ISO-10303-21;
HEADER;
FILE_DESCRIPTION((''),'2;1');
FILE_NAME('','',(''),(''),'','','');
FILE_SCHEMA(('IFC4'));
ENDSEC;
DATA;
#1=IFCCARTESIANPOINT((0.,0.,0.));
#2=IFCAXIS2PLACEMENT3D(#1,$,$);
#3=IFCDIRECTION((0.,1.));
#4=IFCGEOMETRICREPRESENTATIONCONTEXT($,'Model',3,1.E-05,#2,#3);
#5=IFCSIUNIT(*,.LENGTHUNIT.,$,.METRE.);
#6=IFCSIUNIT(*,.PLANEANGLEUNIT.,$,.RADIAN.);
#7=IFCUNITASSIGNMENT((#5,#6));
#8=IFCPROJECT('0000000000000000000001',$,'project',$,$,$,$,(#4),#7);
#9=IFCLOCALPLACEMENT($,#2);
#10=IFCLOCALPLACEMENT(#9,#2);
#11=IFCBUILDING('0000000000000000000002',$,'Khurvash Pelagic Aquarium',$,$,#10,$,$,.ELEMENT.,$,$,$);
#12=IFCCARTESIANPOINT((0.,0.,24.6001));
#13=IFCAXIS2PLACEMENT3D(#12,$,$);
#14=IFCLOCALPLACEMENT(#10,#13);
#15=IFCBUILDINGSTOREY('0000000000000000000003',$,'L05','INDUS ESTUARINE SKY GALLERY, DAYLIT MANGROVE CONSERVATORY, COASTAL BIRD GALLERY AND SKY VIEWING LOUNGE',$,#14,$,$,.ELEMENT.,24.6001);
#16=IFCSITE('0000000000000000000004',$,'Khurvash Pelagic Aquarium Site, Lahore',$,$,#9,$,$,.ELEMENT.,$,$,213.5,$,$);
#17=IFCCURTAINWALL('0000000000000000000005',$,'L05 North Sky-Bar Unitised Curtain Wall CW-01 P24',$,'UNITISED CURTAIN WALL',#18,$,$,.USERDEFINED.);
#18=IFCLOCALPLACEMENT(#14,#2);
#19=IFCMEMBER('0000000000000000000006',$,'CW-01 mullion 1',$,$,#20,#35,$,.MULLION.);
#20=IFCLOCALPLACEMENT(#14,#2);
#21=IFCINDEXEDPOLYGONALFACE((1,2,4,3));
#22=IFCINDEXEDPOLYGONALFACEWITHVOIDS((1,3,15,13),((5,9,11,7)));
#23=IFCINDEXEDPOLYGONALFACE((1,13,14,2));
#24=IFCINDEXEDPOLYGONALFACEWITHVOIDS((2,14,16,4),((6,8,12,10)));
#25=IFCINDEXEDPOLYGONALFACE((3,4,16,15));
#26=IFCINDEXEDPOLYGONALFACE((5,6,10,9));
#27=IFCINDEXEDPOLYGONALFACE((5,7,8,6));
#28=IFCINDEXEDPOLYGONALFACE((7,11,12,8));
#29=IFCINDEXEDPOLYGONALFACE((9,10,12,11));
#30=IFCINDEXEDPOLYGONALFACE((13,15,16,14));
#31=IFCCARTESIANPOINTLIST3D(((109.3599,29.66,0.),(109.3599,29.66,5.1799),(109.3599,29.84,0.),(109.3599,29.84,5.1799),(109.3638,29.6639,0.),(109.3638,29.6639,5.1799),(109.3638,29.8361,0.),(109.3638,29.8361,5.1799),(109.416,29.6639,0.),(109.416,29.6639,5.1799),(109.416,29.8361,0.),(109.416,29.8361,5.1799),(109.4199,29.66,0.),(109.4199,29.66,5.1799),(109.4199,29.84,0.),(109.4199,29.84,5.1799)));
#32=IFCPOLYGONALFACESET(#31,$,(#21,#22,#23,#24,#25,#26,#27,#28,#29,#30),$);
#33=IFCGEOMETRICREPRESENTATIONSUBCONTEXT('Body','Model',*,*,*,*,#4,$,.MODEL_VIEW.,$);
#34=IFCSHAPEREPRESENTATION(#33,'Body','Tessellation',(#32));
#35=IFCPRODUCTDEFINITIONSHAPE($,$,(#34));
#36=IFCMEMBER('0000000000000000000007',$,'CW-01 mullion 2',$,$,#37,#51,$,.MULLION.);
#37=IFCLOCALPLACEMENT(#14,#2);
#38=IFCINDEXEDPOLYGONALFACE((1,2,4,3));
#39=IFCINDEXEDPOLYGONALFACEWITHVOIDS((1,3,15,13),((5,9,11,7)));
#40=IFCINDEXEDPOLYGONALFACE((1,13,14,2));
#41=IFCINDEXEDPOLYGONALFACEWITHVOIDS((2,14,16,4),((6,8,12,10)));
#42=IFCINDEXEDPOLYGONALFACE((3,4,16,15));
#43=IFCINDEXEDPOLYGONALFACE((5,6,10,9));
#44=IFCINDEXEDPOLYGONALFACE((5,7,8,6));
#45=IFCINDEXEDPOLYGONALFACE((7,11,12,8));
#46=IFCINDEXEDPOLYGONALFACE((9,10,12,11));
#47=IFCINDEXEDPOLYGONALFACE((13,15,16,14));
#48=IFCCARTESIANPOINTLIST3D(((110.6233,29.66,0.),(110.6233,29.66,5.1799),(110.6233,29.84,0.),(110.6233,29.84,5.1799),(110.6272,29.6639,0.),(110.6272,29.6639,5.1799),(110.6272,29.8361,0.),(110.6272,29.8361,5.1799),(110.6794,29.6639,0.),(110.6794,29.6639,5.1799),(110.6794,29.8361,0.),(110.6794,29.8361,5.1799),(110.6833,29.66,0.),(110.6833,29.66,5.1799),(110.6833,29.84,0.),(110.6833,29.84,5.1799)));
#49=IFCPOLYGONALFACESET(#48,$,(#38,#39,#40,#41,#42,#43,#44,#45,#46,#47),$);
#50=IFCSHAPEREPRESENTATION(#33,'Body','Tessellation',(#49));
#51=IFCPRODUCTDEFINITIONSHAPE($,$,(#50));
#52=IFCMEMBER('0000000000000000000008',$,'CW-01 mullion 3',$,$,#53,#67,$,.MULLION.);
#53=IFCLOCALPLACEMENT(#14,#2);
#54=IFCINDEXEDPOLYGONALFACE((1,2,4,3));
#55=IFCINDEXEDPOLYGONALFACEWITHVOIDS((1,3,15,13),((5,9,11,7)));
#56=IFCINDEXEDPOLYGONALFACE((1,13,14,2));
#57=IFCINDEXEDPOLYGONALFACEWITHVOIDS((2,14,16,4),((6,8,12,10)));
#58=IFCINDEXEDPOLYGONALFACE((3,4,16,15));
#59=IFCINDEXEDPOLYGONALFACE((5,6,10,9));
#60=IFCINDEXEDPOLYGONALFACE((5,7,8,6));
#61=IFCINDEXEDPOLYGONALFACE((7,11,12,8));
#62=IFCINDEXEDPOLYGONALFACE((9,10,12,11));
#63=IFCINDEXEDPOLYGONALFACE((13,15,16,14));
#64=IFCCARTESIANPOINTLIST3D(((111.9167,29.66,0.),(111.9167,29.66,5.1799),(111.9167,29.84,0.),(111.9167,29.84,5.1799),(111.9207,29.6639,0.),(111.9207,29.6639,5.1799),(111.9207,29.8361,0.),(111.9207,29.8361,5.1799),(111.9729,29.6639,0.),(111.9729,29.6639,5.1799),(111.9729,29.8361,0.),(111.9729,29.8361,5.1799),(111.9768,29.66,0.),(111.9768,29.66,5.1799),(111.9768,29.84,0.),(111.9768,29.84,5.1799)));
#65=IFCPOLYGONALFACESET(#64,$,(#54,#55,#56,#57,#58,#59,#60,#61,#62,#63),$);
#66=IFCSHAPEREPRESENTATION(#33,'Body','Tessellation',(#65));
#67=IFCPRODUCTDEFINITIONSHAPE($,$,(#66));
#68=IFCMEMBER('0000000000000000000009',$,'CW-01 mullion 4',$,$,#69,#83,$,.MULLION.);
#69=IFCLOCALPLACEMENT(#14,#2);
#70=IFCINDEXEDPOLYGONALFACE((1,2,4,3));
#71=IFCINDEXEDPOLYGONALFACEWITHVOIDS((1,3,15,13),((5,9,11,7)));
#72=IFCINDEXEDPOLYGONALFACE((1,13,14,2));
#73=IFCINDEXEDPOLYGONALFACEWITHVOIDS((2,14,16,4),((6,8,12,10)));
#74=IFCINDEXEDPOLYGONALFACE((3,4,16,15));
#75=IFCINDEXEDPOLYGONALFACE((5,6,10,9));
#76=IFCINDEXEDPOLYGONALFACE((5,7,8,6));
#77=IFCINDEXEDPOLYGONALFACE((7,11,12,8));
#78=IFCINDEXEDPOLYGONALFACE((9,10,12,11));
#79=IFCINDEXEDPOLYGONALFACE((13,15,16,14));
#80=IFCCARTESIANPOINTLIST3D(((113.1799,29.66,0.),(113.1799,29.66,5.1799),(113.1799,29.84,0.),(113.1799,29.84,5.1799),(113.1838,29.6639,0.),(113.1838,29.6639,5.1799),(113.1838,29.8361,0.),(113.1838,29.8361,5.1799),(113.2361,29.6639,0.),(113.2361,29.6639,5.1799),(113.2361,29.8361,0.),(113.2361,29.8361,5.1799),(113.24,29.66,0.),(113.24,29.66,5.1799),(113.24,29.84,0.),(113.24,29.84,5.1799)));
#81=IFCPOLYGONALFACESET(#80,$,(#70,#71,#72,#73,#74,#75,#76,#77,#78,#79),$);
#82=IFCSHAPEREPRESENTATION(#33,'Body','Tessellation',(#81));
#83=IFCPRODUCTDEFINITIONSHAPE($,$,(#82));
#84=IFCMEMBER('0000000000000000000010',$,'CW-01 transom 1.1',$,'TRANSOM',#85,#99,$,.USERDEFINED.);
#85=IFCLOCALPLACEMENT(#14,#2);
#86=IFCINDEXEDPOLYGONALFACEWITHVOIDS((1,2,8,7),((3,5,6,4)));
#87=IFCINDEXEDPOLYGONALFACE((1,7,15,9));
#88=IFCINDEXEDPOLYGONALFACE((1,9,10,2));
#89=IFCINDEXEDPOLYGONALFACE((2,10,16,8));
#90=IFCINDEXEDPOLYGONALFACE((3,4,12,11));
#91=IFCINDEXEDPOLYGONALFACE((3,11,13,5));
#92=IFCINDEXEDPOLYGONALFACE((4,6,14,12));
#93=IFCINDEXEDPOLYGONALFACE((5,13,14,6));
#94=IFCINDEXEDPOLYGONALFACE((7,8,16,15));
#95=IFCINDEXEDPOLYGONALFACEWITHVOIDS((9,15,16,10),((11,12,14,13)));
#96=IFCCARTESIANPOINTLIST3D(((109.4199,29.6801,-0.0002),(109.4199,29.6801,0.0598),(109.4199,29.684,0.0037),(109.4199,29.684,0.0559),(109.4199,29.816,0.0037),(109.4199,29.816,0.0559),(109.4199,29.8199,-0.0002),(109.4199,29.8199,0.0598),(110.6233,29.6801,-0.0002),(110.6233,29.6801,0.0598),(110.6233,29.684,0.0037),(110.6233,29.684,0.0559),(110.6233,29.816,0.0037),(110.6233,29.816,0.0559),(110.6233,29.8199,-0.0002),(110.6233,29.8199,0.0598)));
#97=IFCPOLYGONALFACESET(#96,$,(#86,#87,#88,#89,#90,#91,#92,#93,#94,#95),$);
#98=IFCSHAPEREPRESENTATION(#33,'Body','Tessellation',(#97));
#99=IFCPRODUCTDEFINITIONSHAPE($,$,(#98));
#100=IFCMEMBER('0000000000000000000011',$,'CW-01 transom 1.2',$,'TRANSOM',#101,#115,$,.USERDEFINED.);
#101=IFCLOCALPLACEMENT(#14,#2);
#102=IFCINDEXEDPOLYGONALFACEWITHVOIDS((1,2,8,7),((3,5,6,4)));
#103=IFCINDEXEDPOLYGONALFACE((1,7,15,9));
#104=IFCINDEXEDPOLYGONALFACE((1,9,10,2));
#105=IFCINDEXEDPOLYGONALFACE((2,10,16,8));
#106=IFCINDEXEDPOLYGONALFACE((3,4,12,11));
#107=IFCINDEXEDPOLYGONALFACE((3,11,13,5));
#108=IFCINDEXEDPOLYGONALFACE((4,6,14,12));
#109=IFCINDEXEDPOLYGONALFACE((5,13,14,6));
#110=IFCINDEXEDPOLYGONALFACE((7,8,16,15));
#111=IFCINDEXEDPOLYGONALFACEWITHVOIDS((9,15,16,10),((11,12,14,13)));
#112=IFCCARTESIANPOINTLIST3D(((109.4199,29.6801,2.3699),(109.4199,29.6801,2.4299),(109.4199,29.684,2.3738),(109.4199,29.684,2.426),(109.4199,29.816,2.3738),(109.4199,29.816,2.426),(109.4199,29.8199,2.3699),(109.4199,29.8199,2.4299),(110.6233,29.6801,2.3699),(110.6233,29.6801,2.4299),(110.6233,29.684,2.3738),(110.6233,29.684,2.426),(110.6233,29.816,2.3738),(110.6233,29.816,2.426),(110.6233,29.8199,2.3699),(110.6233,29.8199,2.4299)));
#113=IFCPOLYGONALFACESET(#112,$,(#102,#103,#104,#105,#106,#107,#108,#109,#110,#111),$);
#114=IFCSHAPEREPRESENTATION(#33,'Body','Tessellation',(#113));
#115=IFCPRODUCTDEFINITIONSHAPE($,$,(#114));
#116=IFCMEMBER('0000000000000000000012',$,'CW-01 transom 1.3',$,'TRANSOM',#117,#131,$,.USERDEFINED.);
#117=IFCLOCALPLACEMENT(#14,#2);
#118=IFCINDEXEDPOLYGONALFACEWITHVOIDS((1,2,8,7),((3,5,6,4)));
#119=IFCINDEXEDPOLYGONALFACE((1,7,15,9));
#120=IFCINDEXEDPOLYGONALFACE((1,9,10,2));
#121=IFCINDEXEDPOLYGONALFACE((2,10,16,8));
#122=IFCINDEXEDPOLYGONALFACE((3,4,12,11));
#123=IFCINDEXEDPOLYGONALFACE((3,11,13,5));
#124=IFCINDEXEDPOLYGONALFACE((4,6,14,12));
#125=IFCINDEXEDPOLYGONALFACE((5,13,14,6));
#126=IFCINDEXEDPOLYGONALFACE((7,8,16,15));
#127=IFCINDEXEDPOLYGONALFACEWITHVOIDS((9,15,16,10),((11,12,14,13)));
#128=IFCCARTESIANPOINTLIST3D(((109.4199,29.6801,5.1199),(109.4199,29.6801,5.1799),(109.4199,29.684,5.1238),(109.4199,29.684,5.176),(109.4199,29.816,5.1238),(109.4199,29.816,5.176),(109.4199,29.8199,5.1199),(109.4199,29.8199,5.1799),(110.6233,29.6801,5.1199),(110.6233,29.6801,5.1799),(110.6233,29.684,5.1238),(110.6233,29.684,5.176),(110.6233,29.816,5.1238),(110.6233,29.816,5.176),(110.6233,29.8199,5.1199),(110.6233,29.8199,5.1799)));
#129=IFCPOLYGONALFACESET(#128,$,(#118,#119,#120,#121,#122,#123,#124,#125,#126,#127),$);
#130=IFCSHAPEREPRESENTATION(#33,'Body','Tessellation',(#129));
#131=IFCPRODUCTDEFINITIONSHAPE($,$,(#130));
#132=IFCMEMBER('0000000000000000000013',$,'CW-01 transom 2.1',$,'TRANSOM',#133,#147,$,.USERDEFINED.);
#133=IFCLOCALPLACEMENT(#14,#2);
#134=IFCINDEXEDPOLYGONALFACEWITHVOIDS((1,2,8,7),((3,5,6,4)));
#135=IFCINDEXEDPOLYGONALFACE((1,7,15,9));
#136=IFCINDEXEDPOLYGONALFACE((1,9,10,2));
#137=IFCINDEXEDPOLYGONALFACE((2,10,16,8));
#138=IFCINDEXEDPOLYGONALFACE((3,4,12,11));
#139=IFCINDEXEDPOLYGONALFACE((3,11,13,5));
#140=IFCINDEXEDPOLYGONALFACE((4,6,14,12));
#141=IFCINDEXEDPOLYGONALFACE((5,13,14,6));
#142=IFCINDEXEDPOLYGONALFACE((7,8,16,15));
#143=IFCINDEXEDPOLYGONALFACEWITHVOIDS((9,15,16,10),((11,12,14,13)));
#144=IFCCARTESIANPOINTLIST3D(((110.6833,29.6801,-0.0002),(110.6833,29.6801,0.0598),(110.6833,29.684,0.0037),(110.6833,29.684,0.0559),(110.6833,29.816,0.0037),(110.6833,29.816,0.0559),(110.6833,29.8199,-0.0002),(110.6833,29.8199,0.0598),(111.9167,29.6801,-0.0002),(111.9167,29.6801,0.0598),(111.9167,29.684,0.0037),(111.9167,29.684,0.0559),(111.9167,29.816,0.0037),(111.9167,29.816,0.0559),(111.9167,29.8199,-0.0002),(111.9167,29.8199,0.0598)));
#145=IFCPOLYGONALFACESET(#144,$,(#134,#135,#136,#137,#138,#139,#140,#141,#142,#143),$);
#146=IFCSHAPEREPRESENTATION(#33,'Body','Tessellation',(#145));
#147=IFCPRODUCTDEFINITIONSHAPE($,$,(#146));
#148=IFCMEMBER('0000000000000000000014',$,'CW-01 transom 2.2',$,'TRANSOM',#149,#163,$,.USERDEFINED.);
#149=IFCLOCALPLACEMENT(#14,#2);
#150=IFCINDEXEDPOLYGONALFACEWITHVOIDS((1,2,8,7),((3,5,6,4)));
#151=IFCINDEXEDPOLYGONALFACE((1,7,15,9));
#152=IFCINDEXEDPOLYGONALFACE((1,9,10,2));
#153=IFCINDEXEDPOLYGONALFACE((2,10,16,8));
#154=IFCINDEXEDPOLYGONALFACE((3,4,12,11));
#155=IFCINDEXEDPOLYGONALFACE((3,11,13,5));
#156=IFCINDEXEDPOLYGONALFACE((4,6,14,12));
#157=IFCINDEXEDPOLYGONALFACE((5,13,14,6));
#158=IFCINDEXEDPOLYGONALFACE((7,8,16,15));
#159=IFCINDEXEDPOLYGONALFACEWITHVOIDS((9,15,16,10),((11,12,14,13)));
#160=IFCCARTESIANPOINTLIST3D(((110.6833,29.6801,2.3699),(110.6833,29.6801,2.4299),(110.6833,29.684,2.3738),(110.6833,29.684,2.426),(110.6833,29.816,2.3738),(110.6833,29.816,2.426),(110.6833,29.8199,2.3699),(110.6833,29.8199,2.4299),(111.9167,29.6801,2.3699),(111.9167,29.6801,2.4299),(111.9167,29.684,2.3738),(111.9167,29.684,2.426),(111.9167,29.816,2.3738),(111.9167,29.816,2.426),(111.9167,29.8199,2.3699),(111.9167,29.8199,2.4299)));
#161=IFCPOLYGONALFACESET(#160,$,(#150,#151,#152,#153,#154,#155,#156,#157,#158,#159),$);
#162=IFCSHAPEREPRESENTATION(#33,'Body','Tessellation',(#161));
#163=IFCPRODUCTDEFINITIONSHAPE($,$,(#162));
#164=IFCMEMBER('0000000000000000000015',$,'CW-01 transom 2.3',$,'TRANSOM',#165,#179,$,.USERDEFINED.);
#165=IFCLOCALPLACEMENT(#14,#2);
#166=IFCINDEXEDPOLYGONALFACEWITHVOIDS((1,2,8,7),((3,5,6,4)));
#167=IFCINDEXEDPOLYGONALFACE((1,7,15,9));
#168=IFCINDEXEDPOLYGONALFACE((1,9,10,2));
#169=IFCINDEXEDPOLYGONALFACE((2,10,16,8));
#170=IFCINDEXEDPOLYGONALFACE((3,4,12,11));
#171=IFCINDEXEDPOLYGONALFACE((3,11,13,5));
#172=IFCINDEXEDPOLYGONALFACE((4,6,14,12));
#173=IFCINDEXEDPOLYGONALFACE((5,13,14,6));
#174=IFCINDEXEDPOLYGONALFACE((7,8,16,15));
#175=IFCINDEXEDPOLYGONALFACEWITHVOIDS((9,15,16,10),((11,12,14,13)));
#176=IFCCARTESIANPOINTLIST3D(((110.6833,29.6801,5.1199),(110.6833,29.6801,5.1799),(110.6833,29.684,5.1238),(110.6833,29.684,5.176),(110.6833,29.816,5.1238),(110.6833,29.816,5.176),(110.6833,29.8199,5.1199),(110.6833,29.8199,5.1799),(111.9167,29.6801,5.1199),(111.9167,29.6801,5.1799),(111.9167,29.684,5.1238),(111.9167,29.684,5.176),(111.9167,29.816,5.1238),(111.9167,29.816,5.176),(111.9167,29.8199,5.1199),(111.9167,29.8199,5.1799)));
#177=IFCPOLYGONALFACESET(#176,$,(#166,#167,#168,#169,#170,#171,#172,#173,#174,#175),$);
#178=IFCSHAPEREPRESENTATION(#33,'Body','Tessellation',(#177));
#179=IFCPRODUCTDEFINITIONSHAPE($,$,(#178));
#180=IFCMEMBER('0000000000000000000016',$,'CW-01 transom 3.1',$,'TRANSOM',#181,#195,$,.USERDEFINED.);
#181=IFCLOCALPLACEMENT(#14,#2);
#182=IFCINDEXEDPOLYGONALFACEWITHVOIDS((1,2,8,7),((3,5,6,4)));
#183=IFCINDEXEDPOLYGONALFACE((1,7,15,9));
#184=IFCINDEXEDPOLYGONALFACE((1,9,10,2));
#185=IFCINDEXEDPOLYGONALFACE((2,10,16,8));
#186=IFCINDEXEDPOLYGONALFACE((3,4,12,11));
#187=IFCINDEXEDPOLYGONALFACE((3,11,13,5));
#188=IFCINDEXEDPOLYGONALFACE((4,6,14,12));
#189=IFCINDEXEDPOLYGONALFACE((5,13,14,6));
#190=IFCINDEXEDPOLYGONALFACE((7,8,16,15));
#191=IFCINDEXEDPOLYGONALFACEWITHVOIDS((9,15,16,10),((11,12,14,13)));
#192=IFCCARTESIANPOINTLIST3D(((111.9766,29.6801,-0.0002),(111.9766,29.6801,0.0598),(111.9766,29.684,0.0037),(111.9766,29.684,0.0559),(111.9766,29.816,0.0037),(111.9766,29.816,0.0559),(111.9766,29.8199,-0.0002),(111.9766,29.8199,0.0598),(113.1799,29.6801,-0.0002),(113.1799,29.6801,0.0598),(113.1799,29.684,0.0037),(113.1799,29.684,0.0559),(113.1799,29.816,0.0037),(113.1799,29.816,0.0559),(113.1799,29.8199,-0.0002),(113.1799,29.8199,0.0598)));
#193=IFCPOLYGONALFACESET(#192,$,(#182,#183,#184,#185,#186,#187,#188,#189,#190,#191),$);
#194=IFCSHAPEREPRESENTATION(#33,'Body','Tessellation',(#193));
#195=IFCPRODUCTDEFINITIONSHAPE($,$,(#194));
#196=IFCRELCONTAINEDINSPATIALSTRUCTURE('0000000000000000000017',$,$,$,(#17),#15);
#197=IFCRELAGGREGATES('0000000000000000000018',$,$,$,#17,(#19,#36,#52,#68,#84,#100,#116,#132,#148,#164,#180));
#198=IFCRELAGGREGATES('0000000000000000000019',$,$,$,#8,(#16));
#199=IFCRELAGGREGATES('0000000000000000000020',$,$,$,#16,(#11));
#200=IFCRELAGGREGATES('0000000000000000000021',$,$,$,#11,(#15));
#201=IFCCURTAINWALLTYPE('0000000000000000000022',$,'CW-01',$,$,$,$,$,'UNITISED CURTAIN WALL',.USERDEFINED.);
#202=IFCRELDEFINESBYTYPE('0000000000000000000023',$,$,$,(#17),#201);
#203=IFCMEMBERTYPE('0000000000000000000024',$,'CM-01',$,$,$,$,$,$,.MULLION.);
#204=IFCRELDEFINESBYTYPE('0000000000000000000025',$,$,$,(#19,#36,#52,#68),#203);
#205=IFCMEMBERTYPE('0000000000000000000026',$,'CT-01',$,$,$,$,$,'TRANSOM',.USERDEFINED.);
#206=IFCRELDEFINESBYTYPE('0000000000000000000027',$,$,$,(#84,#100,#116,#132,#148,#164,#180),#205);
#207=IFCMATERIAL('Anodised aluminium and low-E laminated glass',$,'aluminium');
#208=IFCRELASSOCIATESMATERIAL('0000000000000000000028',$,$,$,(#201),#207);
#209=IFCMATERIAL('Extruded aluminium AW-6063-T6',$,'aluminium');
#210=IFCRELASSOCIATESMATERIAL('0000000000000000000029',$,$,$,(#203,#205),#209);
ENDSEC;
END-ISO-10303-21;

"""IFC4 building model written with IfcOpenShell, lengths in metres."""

from ifc_helpers import new_model, si_unit, direction, frame, origin, origin_2d, place, context, subcontext, project, spatial, hollow_rectangle, extrude, material, material_profile, profile_set, type_object, element, aggregate, save


model = new_model("IFC4")

# Units and contexts
model_context = context("Model", 3, precision=1e-05, world=origin(), true_north=direction((0.0, 1.0)))
body_context = subcontext(model_context, "Body", "Model", "MODEL_VIEW")
ifc_project = project(units=[si_unit("LENGTHUNIT", "METRE"), si_unit("PLANEANGLEUNIT", "RADIAN")], contexts=[model_context])

# Site, building, storey
site_placement = place(None, origin())
site = spatial("IfcSite", under=ifc_project, at=site_placement, Name="Khurvash Pelagic Aquarium Site, Lahore", CompositionType="ELEMENT", RefElevation=213.5)
building_placement = place(site_placement, origin())
building = spatial("IfcBuilding", under=site, at=building_placement, Name="Khurvash Pelagic Aquarium", CompositionType="ELEMENT")
storey_placement = place(building_placement, frame((0.0, 0.0, 24.6001)))
storey = spatial("IfcBuildingStorey", under=building, at=storey_placement, Name="L05", Description="INDUS ESTUARINE SKY GALLERY, DAYLIT MANGROVE CONSERVATORY, COASTAL BIRD GALLERY AND SKY VIEWING LOUNGE", CompositionType="ELEMENT", Elevation=24.6001)

# Curtain wall, members
ifc_material_1 = material(Name="Anodised aluminium and low-E laminated glass", Category="aluminium")
curtain_wall_type = type_object("IfcCurtainWallType", Name="CW-01", ElementType="UNITISED CURTAIN WALL", PredefinedType="USERDEFINED", material=ifc_material_1)
curtain_wall_placement = place(storey_placement, origin())
curtain_wall = element("IfcCurtainWall", 1, at=curtain_wall_placement, inside=storey, type_object=curtain_wall_type, Name="L05 North Sky-Bar Unitised Curtain Wall CW-01 P24", ObjectType="UNITISED CURTAIN WALL", PredefinedType="USERDEFINED")
ifc_material_2 = material(Name="Extruded aluminium AW-6063-T6", Category="aluminium")
ifc_material_profile_1 = material_profile(ifc_material_2, hollow_rectangle(XDim=0.0601, YDim=0.1799, WallThickness=0.0039, at=origin_2d()), Name="CWM60X180X4")
ifc_profile_set_1 = profile_set([ifc_material_profile_1], Name="Extruded aluminium AW-6063-T6")
member_type_1 = type_object("IfcMemberType", Name="CM-01", PredefinedType="MULLION", material=ifc_profile_set_1)
member_1_placement = place(storey_placement, frame((109.3899, 29.75, 0.0), z_axis=(0.0, 0.0, 1.0), x_axis=(1.0, 0.0, 0.0)))
member_1 = element("IfcMember", 2, at=member_1_placement, type_object=member_type_1, Name="CW-01 mullion 1", PredefinedType="MULLION", context=body_context, shape_type="SweptSolid", body=[
    extrude(hollow_rectangle(XDim=0.0601, YDim=0.1799, WallThickness=0.0039, at=origin_2d()), origin(), (0.0, 0.0, 1.0), 5.1799),
])
member_2_placement = place(storey_placement, frame((110.6533, 29.75, 0.0), z_axis=(0.0, 0.0, 1.0), x_axis=(1.0, 0.0, 0.0)))
member_2 = element("IfcMember", 3, at=member_2_placement, type_object=member_type_1, Name="CW-01 mullion 2", PredefinedType="MULLION", context=body_context, shape_type="SweptSolid", body=[
    extrude(hollow_rectangle(XDim=0.0601, YDim=0.1799, WallThickness=0.0039, at=origin_2d()), origin(), (0.0, 0.0, 1.0), 5.1799),
])
member_3_placement = place(storey_placement, frame((111.9468, 29.75, 0.0), z_axis=(0.0, 0.0, 1.0), x_axis=(1.0, 0.0, 0.0)))
member_3 = element("IfcMember", 4, at=member_3_placement, type_object=member_type_1, Name="CW-01 mullion 3", PredefinedType="MULLION", context=body_context, shape_type="SweptSolid", body=[
    extrude(hollow_rectangle(XDim=0.0601, YDim=0.1799, WallThickness=0.0039, at=origin_2d()), origin(), (0.0, 0.0, 1.0), 5.1799),
])
member_4_placement = place(storey_placement, frame((113.21, 29.75, 0.0), z_axis=(0.0, 0.0, 1.0), x_axis=(1.0, 0.0, 0.0)))
member_4 = element("IfcMember", 5, at=member_4_placement, type_object=member_type_1, Name="CW-01 mullion 4", PredefinedType="MULLION", context=body_context, shape_type="SweptSolid", body=[
    extrude(hollow_rectangle(XDim=0.0601, YDim=0.1799, WallThickness=0.0039, at=origin_2d()), origin(), (0.0, 0.0, 1.0), 5.1799),
])
ifc_material_profile_2 = material_profile(ifc_material_2, hollow_rectangle(XDim=0.1399, YDim=0.0601, WallThickness=0.0039, at=origin_2d()), Name="CWT140X60X4")
ifc_profile_set_2 = profile_set([ifc_material_profile_2], Name="Extruded aluminium AW-6063-T6")
member_type_2 = type_object("IfcMemberType", Name="CT-01", ElementType="TRANSOM", PredefinedType="USERDEFINED", material=ifc_profile_set_2)
member_5_placement = place(storey_placement, frame((109.4199, 29.75, 0.0298), z_axis=(1.0, 0.0, 0.0), x_axis=(0.0, 1.0, 0.0)))
member_5 = element("IfcMember", 6, at=member_5_placement, type_object=member_type_2, Name="CW-01 transom 1.1", ObjectType="TRANSOM", PredefinedType="USERDEFINED", context=body_context, shape_type="SweptSolid", body=[
    extrude(hollow_rectangle(XDim=0.1399, YDim=0.0601, WallThickness=0.0039, at=origin_2d()), origin(), (0.0, 0.0, 1.0), 1.2034),
])
member_6_placement = place(storey_placement, frame((109.4199, 29.75, 2.3999), z_axis=(1.0, 0.0, 0.0), x_axis=(0.0, 1.0, 0.0)))
member_6 = element("IfcMember", 7, at=member_6_placement, type_object=member_type_2, Name="CW-01 transom 1.2", ObjectType="TRANSOM", PredefinedType="USERDEFINED", context=body_context, shape_type="SweptSolid", body=[
    extrude(hollow_rectangle(XDim=0.1399, YDim=0.0601, WallThickness=0.0039, at=origin_2d()), origin(), (0.0, 0.0, 1.0), 1.2034),
])
member_7_placement = place(storey_placement, frame((109.4199, 29.75, 5.1499), z_axis=(1.0, 0.0, 0.0), x_axis=(0.0, 1.0, 0.0)))
member_7 = element("IfcMember", 8, at=member_7_placement, type_object=member_type_2, Name="CW-01 transom 1.3", ObjectType="TRANSOM", PredefinedType="USERDEFINED", context=body_context, shape_type="SweptSolid", body=[
    extrude(hollow_rectangle(XDim=0.1399, YDim=0.0601, WallThickness=0.0039, at=origin_2d()), origin(), (0.0, 0.0, 1.0), 1.2034),
])
member_8_placement = place(storey_placement, frame((110.6833, 29.75, 0.0298), z_axis=(1.0, 0.0, 0.0), x_axis=(0.0, 1.0, 0.0)))
member_8 = element("IfcMember", 9, at=member_8_placement, type_object=member_type_2, Name="CW-01 transom 2.1", ObjectType="TRANSOM", PredefinedType="USERDEFINED", context=body_context, shape_type="SweptSolid", body=[
    extrude(hollow_rectangle(XDim=0.1399, YDim=0.0601, WallThickness=0.0039, at=origin_2d()), origin(), (0.0, 0.0, 1.0), 1.2334),
])
member_9_placement = place(storey_placement, frame((110.6833, 29.75, 2.3999), z_axis=(1.0, 0.0, 0.0), x_axis=(0.0, 1.0, 0.0)))
member_9 = element("IfcMember", 10, at=member_9_placement, type_object=member_type_2, Name="CW-01 transom 2.2", ObjectType="TRANSOM", PredefinedType="USERDEFINED", context=body_context, shape_type="SweptSolid", body=[
    extrude(hollow_rectangle(XDim=0.1399, YDim=0.0601, WallThickness=0.0039, at=origin_2d()), origin(), (0.0, 0.0, 1.0), 1.2334),
])
member_10_placement = place(storey_placement, frame((110.6833, 29.75, 5.1499), z_axis=(1.0, 0.0, 0.0), x_axis=(0.0, 1.0, 0.0)))
member_10 = element("IfcMember", 11, at=member_10_placement, type_object=member_type_2, Name="CW-01 transom 2.3", ObjectType="TRANSOM", PredefinedType="USERDEFINED", context=body_context, shape_type="SweptSolid", body=[
    extrude(hollow_rectangle(XDim=0.1399, YDim=0.0601, WallThickness=0.0039, at=origin_2d()), origin(), (0.0, 0.0, 1.0), 1.2334),
])
member_11_placement = place(storey_placement, frame((111.9766, 29.75, 0.0298), z_axis=(1.0, 0.0, 0.0), x_axis=(0.0, 1.0, 0.0)))
member_11 = element("IfcMember", 12, at=member_11_placement, type_object=member_type_2, Name="CW-01 transom 3.1", ObjectType="TRANSOM", PredefinedType="USERDEFINED", context=body_context, shape_type="SweptSolid", body=[
    extrude(hollow_rectangle(XDim=0.1399, YDim=0.0601, WallThickness=0.0039, at=origin_2d()), origin(), (0.0, 0.0, 1.0), 1.2034),
])

aggregate(curtain_wall, [member_1, member_2, member_3, member_4, member_5, member_6, member_7, member_8, member_9, member_10, member_11])

save(model, "model.ifc")
